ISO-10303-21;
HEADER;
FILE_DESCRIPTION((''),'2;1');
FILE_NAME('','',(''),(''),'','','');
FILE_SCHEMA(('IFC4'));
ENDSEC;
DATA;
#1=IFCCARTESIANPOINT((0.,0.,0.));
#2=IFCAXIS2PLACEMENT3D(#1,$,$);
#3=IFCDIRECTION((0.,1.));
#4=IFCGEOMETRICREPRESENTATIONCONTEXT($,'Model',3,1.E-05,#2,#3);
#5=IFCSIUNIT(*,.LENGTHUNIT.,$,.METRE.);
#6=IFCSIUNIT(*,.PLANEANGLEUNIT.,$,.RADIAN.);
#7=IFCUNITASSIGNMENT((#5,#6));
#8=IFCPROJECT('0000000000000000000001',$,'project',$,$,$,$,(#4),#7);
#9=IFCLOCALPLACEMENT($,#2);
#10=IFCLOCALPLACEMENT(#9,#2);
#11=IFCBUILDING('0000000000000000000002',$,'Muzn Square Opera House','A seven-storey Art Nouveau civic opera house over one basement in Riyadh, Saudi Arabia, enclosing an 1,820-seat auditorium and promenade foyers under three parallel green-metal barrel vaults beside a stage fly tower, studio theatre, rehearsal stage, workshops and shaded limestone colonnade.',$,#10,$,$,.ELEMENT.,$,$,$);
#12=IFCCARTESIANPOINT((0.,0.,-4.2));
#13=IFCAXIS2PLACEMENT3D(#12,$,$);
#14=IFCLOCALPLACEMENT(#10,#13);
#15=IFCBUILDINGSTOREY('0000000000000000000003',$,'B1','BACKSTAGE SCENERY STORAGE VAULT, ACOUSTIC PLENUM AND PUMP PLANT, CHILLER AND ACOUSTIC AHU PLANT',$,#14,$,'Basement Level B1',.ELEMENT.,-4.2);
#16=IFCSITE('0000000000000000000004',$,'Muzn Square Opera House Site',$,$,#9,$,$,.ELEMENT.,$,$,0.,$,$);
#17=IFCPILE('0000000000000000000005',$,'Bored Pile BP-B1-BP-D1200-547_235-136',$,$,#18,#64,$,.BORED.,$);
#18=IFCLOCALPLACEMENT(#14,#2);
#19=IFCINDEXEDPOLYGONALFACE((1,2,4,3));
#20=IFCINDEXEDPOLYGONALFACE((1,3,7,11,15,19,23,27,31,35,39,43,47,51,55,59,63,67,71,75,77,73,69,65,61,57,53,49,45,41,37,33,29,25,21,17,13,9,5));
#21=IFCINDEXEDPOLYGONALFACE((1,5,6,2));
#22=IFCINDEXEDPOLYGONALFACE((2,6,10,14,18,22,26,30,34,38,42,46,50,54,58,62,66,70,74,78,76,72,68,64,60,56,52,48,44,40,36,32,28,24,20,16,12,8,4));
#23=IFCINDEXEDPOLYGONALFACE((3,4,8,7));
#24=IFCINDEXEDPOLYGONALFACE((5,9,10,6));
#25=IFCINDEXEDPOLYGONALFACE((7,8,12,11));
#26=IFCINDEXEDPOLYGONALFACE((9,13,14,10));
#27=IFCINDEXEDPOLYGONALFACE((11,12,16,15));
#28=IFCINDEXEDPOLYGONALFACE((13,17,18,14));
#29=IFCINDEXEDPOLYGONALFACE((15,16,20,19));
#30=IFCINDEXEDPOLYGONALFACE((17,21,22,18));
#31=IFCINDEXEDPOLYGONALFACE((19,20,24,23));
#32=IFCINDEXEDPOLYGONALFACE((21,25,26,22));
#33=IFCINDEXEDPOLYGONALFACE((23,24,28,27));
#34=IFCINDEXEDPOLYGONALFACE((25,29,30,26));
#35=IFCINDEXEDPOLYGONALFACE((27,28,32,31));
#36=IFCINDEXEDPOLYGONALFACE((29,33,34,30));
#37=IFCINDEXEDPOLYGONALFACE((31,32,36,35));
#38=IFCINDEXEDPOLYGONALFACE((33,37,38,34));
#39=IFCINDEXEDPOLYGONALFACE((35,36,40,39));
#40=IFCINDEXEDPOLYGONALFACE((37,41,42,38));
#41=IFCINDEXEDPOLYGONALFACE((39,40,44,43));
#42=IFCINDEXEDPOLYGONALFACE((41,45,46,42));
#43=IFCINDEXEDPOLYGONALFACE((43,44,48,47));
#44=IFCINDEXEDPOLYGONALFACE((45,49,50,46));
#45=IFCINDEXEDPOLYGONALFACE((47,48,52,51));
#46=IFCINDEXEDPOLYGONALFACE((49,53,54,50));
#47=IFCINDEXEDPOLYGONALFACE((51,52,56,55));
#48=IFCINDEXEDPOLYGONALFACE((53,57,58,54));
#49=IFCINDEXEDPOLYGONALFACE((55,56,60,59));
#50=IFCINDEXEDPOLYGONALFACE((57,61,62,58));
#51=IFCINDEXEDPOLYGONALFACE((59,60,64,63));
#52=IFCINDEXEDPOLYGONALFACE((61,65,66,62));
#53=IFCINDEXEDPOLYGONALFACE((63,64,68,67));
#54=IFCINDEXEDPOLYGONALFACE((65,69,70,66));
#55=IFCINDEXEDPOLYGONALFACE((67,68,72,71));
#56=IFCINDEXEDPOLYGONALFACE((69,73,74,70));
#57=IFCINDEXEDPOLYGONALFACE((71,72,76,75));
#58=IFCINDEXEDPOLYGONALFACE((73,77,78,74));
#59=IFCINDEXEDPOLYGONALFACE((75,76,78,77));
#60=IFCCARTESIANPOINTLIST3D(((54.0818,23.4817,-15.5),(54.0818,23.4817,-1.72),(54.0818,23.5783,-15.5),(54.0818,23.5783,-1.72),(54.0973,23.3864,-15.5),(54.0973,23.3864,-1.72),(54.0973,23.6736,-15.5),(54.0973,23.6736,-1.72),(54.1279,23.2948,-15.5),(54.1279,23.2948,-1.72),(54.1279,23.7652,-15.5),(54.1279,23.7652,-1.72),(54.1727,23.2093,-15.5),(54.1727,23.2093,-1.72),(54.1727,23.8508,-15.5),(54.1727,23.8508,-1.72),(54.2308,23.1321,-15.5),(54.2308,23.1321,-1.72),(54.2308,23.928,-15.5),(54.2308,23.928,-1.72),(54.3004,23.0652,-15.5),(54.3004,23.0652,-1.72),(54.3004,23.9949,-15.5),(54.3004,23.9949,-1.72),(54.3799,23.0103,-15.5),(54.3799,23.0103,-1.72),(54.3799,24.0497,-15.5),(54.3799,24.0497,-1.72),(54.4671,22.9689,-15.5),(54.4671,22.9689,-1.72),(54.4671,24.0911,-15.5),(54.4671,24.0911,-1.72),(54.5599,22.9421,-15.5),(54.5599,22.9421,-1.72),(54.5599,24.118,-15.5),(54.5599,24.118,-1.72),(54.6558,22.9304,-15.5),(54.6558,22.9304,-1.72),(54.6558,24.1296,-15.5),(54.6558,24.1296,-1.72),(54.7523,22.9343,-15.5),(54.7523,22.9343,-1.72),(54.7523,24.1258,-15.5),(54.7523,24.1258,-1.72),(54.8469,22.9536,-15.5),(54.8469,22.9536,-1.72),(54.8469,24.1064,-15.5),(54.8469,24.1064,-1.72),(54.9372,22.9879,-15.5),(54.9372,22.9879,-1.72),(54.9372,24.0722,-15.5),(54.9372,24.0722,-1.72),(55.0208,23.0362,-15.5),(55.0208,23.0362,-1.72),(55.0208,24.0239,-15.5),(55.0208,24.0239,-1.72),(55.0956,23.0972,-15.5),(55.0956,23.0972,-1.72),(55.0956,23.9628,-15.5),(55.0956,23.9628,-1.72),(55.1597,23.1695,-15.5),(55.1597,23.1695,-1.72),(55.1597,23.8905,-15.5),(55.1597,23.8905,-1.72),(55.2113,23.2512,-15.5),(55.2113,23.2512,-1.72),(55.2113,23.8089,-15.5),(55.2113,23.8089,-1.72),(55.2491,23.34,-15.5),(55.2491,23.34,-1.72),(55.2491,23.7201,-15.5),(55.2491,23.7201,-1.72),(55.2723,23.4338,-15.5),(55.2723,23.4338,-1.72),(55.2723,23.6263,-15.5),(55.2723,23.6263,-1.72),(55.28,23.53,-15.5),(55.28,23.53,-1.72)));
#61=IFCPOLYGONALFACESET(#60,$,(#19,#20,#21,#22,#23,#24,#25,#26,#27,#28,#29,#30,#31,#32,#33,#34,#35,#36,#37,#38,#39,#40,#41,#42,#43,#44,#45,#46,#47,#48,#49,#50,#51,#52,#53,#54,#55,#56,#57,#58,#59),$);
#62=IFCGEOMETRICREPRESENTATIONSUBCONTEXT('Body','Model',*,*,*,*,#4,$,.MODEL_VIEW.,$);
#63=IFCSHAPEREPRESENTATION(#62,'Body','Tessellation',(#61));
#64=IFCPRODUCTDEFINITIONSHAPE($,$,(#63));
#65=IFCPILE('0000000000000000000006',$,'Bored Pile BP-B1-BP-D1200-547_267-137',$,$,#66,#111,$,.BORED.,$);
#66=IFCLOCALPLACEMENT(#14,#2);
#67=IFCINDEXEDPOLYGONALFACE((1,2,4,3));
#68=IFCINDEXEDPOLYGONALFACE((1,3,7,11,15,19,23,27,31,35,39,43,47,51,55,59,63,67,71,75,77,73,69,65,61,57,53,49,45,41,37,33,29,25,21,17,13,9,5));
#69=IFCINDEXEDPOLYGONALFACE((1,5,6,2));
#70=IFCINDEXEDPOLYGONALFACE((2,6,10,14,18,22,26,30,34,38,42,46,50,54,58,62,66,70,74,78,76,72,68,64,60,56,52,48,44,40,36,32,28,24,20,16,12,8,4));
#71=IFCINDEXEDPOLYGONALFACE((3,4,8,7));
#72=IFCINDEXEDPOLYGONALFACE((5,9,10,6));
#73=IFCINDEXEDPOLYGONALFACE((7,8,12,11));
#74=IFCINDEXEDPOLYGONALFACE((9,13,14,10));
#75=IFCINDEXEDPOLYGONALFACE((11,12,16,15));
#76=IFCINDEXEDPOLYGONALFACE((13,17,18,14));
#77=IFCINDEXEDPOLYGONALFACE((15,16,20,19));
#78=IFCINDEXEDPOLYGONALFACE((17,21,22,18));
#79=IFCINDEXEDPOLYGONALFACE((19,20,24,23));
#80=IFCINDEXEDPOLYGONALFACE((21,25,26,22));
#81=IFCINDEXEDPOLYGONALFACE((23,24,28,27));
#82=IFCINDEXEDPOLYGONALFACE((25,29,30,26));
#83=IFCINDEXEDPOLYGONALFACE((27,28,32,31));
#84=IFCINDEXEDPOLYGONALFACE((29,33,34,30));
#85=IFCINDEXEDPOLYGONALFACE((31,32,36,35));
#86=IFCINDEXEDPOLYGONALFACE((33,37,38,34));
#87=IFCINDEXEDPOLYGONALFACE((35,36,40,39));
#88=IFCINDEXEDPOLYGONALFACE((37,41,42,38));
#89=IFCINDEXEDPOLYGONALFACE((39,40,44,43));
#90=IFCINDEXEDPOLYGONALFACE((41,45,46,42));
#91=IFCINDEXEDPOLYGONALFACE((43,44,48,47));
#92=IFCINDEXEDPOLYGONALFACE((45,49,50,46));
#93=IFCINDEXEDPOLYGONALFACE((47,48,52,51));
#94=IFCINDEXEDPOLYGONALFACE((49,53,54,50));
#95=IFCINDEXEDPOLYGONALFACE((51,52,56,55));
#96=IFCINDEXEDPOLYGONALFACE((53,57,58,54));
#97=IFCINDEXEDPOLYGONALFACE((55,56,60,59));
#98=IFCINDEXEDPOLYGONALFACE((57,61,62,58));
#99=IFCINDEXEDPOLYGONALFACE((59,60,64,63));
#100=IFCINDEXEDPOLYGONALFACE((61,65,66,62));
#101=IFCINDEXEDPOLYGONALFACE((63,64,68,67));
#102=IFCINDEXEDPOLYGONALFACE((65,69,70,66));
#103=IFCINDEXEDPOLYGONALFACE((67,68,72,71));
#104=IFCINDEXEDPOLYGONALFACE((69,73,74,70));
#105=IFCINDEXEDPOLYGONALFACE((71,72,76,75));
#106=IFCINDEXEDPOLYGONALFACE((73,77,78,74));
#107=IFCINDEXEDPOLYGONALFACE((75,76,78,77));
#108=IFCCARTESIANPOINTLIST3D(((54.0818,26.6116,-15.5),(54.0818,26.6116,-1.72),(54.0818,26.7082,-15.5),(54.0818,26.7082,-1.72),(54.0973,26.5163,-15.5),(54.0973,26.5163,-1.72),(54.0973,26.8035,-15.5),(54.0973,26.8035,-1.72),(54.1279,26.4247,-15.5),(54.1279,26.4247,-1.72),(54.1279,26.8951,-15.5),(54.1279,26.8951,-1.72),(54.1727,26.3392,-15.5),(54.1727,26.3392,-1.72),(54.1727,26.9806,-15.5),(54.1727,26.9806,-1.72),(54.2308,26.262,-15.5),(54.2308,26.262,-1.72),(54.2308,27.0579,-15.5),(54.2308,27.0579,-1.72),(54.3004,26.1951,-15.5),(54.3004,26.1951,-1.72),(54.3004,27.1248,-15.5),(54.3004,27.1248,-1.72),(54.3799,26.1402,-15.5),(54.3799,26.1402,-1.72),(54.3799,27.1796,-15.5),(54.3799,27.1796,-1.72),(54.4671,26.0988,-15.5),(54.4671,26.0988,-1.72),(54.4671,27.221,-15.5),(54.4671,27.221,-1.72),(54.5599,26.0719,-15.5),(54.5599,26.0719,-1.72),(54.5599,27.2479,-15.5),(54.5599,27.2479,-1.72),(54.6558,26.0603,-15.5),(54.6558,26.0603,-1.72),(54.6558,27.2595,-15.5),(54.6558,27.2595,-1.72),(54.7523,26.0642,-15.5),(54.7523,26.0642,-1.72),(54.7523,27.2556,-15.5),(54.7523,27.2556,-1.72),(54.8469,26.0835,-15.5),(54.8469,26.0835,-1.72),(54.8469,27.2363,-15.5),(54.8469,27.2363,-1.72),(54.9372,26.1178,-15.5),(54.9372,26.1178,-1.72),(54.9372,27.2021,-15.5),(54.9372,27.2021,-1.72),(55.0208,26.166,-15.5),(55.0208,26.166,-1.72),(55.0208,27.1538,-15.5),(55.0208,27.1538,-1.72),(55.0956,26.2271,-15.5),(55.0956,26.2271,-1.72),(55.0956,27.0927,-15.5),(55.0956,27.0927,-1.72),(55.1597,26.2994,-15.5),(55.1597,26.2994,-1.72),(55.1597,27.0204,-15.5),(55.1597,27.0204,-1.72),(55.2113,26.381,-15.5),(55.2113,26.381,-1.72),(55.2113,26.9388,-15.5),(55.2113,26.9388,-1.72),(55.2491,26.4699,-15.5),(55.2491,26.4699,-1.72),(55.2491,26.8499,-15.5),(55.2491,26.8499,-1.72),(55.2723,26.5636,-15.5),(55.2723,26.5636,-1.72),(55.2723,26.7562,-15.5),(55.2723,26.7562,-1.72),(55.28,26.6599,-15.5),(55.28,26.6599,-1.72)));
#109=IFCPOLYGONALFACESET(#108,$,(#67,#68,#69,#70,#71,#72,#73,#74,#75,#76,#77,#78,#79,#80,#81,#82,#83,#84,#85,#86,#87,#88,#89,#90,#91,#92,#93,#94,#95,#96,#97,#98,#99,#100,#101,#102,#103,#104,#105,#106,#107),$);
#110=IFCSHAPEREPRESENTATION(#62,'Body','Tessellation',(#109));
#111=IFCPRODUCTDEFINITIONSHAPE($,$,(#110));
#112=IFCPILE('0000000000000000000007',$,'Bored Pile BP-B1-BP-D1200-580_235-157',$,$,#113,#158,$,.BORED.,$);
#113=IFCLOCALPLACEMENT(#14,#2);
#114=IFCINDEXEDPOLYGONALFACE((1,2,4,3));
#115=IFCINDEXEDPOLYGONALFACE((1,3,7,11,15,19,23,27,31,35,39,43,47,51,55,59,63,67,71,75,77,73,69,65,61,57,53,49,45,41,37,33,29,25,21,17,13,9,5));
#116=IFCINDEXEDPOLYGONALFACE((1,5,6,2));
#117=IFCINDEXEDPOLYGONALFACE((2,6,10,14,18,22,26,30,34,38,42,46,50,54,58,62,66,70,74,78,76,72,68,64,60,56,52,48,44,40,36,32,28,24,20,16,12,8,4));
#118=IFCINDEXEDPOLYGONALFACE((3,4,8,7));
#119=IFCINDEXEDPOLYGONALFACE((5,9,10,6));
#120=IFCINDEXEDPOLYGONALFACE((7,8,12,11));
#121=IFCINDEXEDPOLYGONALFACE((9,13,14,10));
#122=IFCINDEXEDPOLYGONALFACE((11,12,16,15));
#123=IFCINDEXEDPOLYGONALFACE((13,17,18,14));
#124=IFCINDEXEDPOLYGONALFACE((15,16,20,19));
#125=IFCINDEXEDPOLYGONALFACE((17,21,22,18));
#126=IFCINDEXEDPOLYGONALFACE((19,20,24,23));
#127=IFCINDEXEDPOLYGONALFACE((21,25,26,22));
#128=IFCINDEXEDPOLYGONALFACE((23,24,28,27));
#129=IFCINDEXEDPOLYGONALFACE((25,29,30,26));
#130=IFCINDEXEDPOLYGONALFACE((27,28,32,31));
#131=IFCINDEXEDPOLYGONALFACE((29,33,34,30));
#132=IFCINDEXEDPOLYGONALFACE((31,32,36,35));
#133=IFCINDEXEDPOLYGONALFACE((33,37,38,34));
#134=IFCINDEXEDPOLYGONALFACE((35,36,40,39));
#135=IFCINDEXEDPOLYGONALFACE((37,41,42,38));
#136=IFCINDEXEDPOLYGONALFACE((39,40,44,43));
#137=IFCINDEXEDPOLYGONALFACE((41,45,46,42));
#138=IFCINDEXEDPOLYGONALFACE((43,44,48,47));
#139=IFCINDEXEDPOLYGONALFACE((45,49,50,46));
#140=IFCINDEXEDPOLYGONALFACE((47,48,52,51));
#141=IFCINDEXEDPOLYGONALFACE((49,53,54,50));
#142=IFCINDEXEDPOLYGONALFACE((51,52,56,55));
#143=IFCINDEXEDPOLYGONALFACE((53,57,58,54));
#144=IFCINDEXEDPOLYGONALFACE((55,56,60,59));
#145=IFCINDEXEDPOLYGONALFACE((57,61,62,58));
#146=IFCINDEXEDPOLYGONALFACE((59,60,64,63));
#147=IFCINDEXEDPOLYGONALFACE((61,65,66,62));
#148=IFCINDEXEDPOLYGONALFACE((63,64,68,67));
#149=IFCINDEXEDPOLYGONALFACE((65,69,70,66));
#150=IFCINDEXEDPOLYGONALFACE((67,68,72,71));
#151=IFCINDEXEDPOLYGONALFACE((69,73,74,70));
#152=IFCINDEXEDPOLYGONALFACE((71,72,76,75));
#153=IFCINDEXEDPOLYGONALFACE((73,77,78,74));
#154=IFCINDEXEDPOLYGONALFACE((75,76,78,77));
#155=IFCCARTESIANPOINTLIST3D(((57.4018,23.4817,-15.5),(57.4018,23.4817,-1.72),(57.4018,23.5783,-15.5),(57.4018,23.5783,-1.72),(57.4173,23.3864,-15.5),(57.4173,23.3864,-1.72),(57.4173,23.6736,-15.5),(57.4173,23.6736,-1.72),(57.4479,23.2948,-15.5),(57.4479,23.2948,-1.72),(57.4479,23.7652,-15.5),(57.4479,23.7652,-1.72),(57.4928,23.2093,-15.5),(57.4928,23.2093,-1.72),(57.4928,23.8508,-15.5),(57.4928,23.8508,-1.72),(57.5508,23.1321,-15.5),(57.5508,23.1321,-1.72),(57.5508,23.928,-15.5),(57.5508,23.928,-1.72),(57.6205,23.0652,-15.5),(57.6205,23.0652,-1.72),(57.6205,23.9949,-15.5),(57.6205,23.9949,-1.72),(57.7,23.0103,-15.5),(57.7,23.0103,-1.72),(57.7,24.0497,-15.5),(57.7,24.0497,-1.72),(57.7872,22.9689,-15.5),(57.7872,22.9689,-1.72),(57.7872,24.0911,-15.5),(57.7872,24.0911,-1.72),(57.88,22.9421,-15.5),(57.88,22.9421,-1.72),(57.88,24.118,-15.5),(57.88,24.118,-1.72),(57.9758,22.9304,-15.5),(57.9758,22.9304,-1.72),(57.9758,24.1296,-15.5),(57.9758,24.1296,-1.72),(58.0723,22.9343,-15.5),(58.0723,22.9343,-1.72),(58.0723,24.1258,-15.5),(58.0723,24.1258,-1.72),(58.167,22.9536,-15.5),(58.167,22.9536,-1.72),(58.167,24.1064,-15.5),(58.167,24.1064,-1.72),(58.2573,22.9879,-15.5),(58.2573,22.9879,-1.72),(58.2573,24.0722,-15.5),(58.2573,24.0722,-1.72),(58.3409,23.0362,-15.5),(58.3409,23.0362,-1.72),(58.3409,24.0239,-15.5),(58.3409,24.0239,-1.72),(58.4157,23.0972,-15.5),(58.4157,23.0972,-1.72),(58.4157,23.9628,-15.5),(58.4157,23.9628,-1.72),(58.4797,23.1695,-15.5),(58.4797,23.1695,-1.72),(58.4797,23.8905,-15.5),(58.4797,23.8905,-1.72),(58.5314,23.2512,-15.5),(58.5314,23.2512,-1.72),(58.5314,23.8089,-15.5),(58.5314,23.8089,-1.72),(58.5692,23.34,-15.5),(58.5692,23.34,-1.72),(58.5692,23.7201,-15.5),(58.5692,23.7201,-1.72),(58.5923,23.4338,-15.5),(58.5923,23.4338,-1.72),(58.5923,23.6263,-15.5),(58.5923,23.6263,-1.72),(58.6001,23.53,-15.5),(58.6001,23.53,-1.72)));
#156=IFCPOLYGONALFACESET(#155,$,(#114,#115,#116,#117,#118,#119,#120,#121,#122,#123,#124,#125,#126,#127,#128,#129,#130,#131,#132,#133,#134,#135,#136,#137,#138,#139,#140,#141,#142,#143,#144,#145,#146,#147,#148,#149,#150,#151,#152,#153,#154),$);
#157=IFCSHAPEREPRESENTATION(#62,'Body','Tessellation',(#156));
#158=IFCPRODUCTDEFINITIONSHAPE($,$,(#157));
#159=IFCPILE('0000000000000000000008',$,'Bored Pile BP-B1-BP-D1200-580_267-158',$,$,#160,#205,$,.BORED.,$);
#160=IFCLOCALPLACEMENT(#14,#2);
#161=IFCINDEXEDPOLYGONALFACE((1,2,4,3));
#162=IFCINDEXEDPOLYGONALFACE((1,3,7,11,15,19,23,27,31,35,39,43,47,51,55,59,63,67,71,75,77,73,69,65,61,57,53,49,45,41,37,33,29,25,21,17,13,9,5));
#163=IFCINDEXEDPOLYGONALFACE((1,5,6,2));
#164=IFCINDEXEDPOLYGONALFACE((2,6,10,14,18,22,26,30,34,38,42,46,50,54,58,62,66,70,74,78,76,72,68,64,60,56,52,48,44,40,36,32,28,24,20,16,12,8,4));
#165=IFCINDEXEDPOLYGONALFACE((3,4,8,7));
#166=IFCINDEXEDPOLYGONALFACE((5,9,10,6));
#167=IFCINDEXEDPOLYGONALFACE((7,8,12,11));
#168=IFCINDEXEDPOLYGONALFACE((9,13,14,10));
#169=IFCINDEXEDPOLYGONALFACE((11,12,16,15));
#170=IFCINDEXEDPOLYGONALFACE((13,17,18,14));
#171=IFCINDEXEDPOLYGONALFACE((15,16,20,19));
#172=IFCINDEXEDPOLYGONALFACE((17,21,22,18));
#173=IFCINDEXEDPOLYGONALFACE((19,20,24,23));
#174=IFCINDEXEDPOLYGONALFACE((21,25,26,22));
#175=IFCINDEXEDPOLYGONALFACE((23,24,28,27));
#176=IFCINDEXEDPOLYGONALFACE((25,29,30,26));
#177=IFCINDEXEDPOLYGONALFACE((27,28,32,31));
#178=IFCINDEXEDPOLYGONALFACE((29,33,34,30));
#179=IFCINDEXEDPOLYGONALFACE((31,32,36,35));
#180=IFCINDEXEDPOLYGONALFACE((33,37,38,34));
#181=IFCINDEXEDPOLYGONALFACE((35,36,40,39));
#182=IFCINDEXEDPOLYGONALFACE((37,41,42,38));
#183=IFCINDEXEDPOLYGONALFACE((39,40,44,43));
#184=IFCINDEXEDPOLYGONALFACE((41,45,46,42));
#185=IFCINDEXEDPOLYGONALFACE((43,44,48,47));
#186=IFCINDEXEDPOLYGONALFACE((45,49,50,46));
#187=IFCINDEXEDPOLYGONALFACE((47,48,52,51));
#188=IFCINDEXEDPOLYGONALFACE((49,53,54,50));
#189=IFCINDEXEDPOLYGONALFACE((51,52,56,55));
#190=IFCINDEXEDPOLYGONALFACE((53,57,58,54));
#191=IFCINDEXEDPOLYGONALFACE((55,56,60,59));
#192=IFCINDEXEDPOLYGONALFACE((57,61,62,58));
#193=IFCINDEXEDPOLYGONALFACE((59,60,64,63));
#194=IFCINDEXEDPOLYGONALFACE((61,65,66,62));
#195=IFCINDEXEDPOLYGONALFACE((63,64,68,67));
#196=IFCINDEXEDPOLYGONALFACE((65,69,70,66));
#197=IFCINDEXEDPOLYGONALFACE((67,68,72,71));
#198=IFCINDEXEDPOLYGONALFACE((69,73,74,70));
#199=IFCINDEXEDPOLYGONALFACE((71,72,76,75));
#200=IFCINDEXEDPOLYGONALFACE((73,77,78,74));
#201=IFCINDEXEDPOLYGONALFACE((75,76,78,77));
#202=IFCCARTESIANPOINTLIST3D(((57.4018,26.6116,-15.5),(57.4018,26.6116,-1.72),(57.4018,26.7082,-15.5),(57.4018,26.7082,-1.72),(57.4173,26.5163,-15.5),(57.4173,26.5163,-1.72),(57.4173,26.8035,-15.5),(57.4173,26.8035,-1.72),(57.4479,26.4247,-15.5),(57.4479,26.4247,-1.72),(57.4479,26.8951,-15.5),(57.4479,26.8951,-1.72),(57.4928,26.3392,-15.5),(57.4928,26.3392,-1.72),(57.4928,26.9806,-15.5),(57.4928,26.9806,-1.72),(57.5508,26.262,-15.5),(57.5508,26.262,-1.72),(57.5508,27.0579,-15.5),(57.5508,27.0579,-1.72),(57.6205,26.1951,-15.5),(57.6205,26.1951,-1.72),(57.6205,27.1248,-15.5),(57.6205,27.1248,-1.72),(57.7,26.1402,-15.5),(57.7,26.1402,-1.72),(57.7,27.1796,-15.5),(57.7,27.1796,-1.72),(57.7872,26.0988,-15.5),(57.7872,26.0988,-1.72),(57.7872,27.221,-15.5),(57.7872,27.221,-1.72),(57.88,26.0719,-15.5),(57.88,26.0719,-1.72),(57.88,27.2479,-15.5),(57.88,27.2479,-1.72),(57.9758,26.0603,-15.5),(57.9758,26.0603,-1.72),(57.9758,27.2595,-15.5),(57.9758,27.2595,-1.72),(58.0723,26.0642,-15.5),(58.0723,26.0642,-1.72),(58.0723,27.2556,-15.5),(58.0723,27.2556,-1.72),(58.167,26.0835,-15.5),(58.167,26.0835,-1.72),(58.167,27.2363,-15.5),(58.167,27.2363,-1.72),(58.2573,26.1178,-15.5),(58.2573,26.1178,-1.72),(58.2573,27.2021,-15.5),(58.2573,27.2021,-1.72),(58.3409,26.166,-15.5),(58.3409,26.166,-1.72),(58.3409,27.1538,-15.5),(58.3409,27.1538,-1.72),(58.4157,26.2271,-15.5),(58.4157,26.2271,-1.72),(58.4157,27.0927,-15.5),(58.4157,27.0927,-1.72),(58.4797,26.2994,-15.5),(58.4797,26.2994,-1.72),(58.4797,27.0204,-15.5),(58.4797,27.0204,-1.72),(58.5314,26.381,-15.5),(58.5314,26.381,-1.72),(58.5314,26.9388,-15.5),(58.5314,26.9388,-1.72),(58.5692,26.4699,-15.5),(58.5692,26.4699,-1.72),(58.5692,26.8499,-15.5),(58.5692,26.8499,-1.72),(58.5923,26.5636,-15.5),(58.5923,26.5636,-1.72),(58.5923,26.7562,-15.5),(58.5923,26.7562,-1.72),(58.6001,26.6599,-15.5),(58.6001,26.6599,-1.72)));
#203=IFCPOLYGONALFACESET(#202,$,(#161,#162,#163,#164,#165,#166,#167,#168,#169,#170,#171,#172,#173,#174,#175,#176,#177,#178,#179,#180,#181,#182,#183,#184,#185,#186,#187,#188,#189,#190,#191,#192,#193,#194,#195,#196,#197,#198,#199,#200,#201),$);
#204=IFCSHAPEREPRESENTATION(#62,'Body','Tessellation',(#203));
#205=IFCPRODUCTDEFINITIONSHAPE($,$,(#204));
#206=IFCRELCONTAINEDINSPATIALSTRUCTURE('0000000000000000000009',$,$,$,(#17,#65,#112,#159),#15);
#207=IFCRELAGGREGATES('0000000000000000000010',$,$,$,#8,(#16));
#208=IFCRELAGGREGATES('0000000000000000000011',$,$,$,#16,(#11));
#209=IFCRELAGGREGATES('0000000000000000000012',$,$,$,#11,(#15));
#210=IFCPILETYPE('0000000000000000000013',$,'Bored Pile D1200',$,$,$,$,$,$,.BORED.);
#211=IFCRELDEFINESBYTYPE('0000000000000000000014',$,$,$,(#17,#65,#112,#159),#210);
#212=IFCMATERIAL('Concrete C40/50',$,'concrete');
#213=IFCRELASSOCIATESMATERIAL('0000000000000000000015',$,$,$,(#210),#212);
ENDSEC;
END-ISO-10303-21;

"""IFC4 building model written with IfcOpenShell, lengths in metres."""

from ifc_helpers import new_model, si_unit, direction, frame, origin, origin_2d, place, context, subcontext, project, spatial, circle, extrude, material, material_profile, profile_set, type_object, element, save


model = new_model("IFC4")

# Units and contexts
model_context = context("Model", 3, precision=1e-05, world=origin(), true_north=direction((0.0, 1.0)))
body_context = subcontext(model_context, "Body", "Model", "MODEL_VIEW")
ifc_project = project(units=[si_unit("LENGTHUNIT", "METRE"), si_unit("PLANEANGLEUNIT", "RADIAN")], contexts=[model_context])

# Site, building, storey
site_placement = place(None, origin())
site = spatial("IfcSite", under=ifc_project, at=site_placement, Name="Muzn Square Opera House Site", CompositionType="ELEMENT", RefElevation=0.0)
building_placement = place(site_placement, origin())
building = spatial("IfcBuilding", under=site, at=building_placement, Name="Muzn Square Opera House", Description="A seven-storey Art Nouveau civic opera house over one basement in Riyadh, Saudi Arabia, enclosing an 1,820-seat auditorium and promenade foyers under three parallel green-metal barrel vaults beside a stage fly tower, studio theatre, rehearsal stage, workshops and shaded limestone colonnade.", CompositionType="ELEMENT")
storey_placement = place(building_placement, frame((0.0, 0.0, -4.2)))
storey = spatial("IfcBuildingStorey", under=building, at=storey_placement, Name="B1", Description="BACKSTAGE SCENERY STORAGE VAULT, ACOUSTIC PLENUM AND PUMP PLANT, CHILLER AND ACOUSTIC AHU PLANT", LongName="Basement Level B1", CompositionType="ELEMENT", Elevation=-4.2)

# Piles
ifc_material_1 = material(Name="Concrete C40/50", Category="concrete")
ifc_material_profile_1 = material_profile(ifc_material_1, circle(Radius=0.6001, at=origin_2d()), Name="BORED PILE D1200", Category="concrete")
ifc_profile_set_1 = profile_set([ifc_material_profile_1], Name="Concrete C40/50")
pile_type = type_object("IfcPileType", Name="Bored Pile D1200", PredefinedType="BORED", material=ifc_profile_set_1)
for number, where, z_axis, x_axis, name in (
    (1, (54.6799, 23.53, -1.72), (0.0, 0.0, -1.0), (1.0, 0.0, 0.0), "Bored Pile BP-B1-BP-D1200-547_235-136"),
    (2, (54.6799, 26.6599, -1.72), (0.0, 0.0, -1.0), (1.0, 0.0, 0.0), "Bored Pile BP-B1-BP-D1200-547_267-137"),
    (3, (58.0, 23.53, -1.72), (0.0, 0.0, -1.0), (1.0, 0.0, 0.0), "Bored Pile BP-B1-BP-D1200-580_235-157"),
    (4, (58.0, 26.6599, -1.72), (0.0, 0.0, -1.0), (1.0, 0.0, 0.0), "Bored Pile BP-B1-BP-D1200-580_267-158"),
):
    element("IfcPile", number, at=place(storey_placement, frame(where, z_axis=z_axis, x_axis=x_axis)), inside=storey, type_object=pile_type, Name=name, PredefinedType="BORED", context=body_context, shape_type="SweptSolid", body=[
        extrude(circle(Radius=0.6001, at=origin_2d()), origin(), (0.0, 0.0, 1.0), 13.78),
    ])

save(model, "model.ifc")
